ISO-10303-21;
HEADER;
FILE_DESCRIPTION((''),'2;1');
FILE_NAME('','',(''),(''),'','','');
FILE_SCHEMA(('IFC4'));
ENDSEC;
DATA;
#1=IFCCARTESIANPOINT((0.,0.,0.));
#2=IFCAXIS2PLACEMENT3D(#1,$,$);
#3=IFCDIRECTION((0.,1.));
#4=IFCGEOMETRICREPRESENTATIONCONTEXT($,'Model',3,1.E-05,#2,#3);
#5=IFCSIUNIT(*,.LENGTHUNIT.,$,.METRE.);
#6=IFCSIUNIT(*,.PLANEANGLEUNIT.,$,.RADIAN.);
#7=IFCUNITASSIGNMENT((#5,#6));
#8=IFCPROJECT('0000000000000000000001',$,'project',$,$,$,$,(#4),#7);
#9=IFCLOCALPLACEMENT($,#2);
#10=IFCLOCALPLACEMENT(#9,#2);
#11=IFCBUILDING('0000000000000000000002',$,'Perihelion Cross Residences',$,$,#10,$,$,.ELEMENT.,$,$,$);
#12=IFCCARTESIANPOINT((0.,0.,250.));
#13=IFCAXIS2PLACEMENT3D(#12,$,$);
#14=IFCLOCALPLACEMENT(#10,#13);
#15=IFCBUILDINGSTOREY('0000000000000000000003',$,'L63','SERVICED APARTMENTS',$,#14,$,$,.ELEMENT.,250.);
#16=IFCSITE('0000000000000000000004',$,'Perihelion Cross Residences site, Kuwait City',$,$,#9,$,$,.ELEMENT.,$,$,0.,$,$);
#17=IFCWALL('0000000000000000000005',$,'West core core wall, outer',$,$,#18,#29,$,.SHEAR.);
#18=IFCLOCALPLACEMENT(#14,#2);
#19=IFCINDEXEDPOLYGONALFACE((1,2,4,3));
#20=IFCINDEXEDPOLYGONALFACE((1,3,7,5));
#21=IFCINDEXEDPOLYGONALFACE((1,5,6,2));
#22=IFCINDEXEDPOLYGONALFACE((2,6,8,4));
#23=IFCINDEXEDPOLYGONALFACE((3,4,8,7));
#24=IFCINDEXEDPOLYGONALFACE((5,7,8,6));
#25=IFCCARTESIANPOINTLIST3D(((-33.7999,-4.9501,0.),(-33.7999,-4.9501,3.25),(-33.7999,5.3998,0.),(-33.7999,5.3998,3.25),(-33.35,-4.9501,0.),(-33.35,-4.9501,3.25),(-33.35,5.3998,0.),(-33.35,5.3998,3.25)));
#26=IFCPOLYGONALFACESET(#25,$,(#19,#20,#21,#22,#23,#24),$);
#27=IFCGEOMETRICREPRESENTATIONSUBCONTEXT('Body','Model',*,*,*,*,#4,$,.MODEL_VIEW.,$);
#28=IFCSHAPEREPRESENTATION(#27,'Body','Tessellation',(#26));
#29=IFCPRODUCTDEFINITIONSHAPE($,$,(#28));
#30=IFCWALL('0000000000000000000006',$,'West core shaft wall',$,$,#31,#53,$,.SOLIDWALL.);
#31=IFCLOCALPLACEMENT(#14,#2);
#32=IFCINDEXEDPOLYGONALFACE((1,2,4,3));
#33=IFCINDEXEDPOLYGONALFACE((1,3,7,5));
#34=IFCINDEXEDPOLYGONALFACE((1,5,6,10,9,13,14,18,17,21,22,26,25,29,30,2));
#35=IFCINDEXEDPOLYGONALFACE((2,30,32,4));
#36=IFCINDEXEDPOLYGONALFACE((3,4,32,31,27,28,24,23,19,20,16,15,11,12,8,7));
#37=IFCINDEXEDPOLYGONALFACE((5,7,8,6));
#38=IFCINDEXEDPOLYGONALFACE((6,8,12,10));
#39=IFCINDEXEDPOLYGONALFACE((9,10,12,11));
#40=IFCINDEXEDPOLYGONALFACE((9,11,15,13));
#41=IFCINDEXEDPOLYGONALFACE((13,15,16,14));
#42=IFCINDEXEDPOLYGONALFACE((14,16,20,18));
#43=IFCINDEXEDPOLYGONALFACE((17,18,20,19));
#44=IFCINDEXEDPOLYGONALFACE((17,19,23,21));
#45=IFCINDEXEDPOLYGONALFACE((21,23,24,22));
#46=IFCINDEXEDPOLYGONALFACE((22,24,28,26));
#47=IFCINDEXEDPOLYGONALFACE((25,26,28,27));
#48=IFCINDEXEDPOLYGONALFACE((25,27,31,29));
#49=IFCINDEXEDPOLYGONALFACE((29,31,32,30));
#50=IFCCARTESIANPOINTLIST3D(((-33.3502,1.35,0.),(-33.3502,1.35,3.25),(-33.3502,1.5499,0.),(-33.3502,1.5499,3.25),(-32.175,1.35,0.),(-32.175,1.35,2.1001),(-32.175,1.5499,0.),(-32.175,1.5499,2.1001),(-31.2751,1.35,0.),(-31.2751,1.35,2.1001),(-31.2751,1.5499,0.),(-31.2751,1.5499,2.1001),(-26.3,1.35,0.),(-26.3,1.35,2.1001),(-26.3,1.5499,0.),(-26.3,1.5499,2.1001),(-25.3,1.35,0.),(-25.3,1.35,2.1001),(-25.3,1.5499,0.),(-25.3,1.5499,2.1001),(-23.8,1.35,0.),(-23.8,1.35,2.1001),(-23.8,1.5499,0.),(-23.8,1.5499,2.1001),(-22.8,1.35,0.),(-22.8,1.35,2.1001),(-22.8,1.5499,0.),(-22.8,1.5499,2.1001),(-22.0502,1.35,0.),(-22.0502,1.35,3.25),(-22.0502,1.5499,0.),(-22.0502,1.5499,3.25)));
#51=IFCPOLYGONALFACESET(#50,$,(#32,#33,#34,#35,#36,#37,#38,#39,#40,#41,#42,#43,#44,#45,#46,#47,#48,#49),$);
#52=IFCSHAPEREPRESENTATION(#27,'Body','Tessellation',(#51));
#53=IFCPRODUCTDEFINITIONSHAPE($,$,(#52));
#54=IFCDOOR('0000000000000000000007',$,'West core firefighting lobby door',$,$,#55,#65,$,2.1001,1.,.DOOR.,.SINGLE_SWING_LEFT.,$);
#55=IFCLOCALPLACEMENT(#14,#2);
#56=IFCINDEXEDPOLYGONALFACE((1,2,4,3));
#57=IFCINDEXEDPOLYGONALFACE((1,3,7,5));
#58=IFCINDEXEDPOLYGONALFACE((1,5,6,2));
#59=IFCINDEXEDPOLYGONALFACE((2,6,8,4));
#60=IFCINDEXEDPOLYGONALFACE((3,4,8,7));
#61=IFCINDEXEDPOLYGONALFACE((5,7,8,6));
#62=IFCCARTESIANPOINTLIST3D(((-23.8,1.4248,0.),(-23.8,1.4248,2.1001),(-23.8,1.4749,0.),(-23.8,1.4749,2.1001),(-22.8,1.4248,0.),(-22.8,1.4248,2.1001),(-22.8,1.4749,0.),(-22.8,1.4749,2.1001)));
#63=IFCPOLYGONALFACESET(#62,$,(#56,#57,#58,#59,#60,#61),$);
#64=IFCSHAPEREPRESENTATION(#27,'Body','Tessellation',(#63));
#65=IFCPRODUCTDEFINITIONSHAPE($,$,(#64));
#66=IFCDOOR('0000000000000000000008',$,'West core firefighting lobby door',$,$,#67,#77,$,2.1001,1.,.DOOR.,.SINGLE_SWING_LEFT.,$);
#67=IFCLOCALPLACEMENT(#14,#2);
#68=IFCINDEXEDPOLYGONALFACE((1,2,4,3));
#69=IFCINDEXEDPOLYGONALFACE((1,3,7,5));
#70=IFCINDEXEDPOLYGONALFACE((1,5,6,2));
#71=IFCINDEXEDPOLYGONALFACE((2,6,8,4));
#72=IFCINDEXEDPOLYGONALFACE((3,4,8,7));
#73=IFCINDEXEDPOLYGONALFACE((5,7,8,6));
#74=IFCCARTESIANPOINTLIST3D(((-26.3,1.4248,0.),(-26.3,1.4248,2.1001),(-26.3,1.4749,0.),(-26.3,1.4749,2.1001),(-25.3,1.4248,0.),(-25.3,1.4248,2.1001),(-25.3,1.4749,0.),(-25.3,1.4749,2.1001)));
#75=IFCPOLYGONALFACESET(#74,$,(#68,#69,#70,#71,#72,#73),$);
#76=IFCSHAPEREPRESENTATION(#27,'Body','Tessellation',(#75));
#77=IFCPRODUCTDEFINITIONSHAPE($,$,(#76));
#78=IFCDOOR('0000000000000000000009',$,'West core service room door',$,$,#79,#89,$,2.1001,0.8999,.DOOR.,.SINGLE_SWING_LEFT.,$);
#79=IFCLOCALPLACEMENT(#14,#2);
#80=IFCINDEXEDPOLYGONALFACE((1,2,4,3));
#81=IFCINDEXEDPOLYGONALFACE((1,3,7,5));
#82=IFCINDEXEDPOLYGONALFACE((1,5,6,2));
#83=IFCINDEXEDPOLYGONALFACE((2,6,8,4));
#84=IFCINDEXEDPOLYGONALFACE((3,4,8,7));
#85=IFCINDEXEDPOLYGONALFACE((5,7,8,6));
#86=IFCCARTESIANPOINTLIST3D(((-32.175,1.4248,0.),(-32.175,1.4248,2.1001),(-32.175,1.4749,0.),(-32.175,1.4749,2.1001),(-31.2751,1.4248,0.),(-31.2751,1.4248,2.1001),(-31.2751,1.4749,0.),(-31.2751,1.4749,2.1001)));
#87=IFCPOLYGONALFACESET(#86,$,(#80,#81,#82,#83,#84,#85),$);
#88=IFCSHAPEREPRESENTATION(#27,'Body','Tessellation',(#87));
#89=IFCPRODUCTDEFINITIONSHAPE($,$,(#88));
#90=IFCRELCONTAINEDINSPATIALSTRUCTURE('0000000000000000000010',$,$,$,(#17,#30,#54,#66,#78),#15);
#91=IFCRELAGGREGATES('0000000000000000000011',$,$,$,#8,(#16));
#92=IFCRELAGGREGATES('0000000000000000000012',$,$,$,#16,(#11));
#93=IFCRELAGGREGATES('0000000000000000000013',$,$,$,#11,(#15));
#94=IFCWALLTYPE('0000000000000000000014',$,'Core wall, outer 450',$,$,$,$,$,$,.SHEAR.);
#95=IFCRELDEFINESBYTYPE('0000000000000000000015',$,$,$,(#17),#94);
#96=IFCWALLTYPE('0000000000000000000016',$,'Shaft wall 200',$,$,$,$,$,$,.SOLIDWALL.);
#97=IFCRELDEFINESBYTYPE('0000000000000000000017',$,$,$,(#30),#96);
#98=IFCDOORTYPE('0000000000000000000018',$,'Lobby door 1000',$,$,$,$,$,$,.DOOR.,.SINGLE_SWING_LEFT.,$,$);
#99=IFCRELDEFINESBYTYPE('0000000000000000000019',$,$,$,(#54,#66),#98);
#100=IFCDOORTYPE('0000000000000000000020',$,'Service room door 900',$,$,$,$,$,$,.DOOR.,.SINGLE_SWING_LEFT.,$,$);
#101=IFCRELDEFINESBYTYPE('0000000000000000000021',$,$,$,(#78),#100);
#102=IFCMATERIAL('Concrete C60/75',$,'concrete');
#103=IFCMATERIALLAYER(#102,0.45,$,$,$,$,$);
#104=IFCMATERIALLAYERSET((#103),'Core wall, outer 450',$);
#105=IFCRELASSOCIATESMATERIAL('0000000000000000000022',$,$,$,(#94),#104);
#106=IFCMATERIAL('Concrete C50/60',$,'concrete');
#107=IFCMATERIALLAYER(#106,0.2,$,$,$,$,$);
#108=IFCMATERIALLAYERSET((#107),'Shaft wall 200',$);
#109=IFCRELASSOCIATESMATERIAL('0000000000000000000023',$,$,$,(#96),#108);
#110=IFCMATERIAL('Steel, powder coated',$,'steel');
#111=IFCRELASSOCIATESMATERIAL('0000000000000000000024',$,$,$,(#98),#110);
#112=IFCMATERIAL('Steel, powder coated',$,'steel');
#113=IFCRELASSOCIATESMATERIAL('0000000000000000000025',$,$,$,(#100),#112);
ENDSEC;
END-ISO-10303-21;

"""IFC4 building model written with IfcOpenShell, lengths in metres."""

from ifc_helpers import new_model, si_unit, direction, frame, frame_2d, origin, place, context, subcontext, project, spatial, rectangle, extrude, material, layer, layer_set, type_object, element, fill, save


model = new_model("IFC4")

# Units and contexts
model_context = context("Model", 3, precision=1e-05, world=origin(), true_north=direction((0.0, 1.0)))
body_context = subcontext(model_context, "Body", "Model", "MODEL_VIEW")
ifc_project = project(units=[si_unit("LENGTHUNIT", "METRE"), si_unit("PLANEANGLEUNIT", "RADIAN")], contexts=[model_context])

# Site, building, storey
site_placement = place(None, origin())
site = spatial("IfcSite", under=ifc_project, at=site_placement, Name="Perihelion Cross Residences site, Kuwait City", CompositionType="ELEMENT", RefElevation=0.0)
building_placement = place(site_placement, origin())
building = spatial("IfcBuilding", under=site, at=building_placement, Name="Perihelion Cross Residences", CompositionType="ELEMENT")
storey_placement = place(building_placement, frame((0.0, 0.0, 250.0)))
storey = spatial("IfcBuildingStorey", under=building, at=storey_placement, Name="L63", Description="SERVICED APARTMENTS", CompositionType="ELEMENT", Elevation=250.0)

# Wall
ifc_material_1 = material(Name="Concrete C60/75", Category="concrete")
ifc_layer_1 = layer(ifc_material_1, 0.45)
ifc_layer_set_1 = layer_set([ifc_layer_1], Name="Core wall, outer 450")
wall_type_1 = type_object("IfcWallType", Name="Core wall, outer 450", PredefinedType="SHEAR", material=ifc_layer_set_1)
wall_1_placement = place(storey_placement, frame((-33.575, -4.95, 0.0), z_axis=(0.0, 0.0, 1.0), x_axis=(0.0, 1.0, 0.0)))
element("IfcWall", 1, at=wall_1_placement, inside=storey, type_object=wall_type_1, Name="West core core wall, outer", PredefinedType="SHEAR", context=body_context, shape_type="SweptSolid", body=[
    extrude(rectangle(XDim=10.3499, YDim=0.45, at=frame_2d((5.1748, 0.0))), origin(), (0.0, 0.0, 1.0), 3.25),
])

# Wall, openings, doors
ifc_material_2 = material(Name="Concrete C50/60", Category="concrete")
ifc_layer_2 = layer(ifc_material_2, 0.2)
ifc_layer_set_2 = layer_set([ifc_layer_2], Name="Shaft wall 200")
wall_type_2 = type_object("IfcWallType", Name="Shaft wall 200", PredefinedType="SOLIDWALL", material=ifc_layer_set_2)
wall_2_placement = place(storey_placement, frame((-33.3501, 1.45, 0.0), z_axis=(0.0, 0.0, 1.0), x_axis=(1.0, 0.0, 0.0)))
wall_2 = element("IfcWall", 2, at=wall_2_placement, inside=storey, type_object=wall_type_2, Name="West core shaft wall", PredefinedType="SOLIDWALL", context=body_context, shape_type="SweptSolid", body=[
    extrude(rectangle(XDim=11.3, YDim=0.2, at=frame_2d((5.6499, 0.0))), origin(), (0.0, 0.0, 1.0), 3.25),
])
opening_1_placement = place(wall_2_placement, frame((9.55, 0.0, 0.0)))
opening_1 = element("IfcOpeningElement", 3, at=opening_1_placement, cuts=wall_2, PredefinedType="OPENING", context=body_context, shape_type="SweptSolid", body=[
    extrude(rectangle(XDim=1.0, YDim=2.1001, at=frame_2d((0.5, 1.05))), frame((0.0, 0.1099, 0.0), z_axis=(0.0, -1.0, 0.0), x_axis=(1.0, 0.0, 0.0)), (0.0, 0.0, 1.0), 0.22),
])
opening_2_placement = place(wall_2_placement, frame((7.05, 0.0, 0.0)))
opening_2 = element("IfcOpeningElement", 4, at=opening_2_placement, cuts=wall_2, PredefinedType="OPENING", context=body_context, shape_type="SweptSolid", body=[
    extrude(rectangle(XDim=1.0, YDim=2.1001, at=frame_2d((0.5, 1.05))), frame((0.0, 0.1099, 0.0), z_axis=(0.0, -1.0, 0.0), x_axis=(1.0, 0.0, 0.0)), (0.0, 0.0, 1.0), 0.22),
])
opening_3_placement = place(wall_2_placement, frame((1.175, 0.0, 0.0)))
opening_3 = element("IfcOpeningElement", 5, at=opening_3_placement, cuts=wall_2, PredefinedType="OPENING", context=body_context, shape_type="SweptSolid", body=[
    extrude(rectangle(XDim=0.8999, YDim=2.1001, at=frame_2d((0.45, 1.05))), frame((0.0, 0.1099, 0.0), z_axis=(0.0, -1.0, 0.0), x_axis=(1.0, 0.0, 0.0)), (0.0, 0.0, 1.0), 0.22),
])
ifc_material_3 = material(Name="Steel, powder coated", Category="steel")
door_type_1 = type_object("IfcDoorType", Name="Lobby door 1000", OperationType="SINGLE_SWING_LEFT", PredefinedType="DOOR", material=ifc_material_3)
door_1_placement = place(opening_1_placement, origin())
door_1 = element("IfcDoor", 6, at=door_1_placement, inside=storey, type_object=door_type_1, Name="West core firefighting lobby door", OperationType="SINGLE_SWING_LEFT", OverallHeight=2.1001, OverallWidth=1.0, PredefinedType="DOOR", context=body_context, shape_type="SweptSolid", body=[
    extrude(rectangle(XDim=1.0, YDim=2.1001, at=frame_2d((0.5, 1.05))), frame((0.0, 0.0249, 0.0), z_axis=(0.0, -1.0, 0.0), x_axis=(1.0, 0.0, 0.0)), (0.0, 0.0, 1.0), 0.05),
])
fill(opening_1, door_1)
door_2_placement = place(opening_2_placement, origin())
door_2 = element("IfcDoor", 7, at=door_2_placement, inside=storey, type_object=door_type_1, Name="West core firefighting lobby door", OperationType="SINGLE_SWING_LEFT", OverallHeight=2.1001, OverallWidth=1.0, PredefinedType="DOOR", context=body_context, shape_type="SweptSolid", body=[
    extrude(rectangle(XDim=1.0, YDim=2.1001, at=frame_2d((0.5, 1.05))), frame((0.0, 0.0249, 0.0), z_axis=(0.0, -1.0, 0.0), x_axis=(1.0, 0.0, 0.0)), (0.0, 0.0, 1.0), 0.05),
])
fill(opening_2, door_2)
ifc_material_4 = material(Name="Steel, powder coated", Category="steel")
door_type_2 = type_object("IfcDoorType", Name="Service room door 900", OperationType="SINGLE_SWING_LEFT", PredefinedType="DOOR", material=ifc_material_4)
door_3_placement = place(opening_3_placement, origin())
door_3 = element("IfcDoor", 8, at=door_3_placement, inside=storey, type_object=door_type_2, Name="West core service room door", OperationType="SINGLE_SWING_LEFT", OverallHeight=2.1001, OverallWidth=0.8999, PredefinedType="DOOR", context=body_context, shape_type="SweptSolid", body=[
    extrude(rectangle(XDim=0.8999, YDim=2.1001, at=frame_2d((0.45, 1.05))), frame((0.0, 0.0249, 0.0), z_axis=(0.0, -1.0, 0.0), x_axis=(1.0, 0.0, 0.0)), (0.0, 0.0, 1.0), 0.05),
])
fill(opening_3, door_3)

save(model, "model.ifc")
